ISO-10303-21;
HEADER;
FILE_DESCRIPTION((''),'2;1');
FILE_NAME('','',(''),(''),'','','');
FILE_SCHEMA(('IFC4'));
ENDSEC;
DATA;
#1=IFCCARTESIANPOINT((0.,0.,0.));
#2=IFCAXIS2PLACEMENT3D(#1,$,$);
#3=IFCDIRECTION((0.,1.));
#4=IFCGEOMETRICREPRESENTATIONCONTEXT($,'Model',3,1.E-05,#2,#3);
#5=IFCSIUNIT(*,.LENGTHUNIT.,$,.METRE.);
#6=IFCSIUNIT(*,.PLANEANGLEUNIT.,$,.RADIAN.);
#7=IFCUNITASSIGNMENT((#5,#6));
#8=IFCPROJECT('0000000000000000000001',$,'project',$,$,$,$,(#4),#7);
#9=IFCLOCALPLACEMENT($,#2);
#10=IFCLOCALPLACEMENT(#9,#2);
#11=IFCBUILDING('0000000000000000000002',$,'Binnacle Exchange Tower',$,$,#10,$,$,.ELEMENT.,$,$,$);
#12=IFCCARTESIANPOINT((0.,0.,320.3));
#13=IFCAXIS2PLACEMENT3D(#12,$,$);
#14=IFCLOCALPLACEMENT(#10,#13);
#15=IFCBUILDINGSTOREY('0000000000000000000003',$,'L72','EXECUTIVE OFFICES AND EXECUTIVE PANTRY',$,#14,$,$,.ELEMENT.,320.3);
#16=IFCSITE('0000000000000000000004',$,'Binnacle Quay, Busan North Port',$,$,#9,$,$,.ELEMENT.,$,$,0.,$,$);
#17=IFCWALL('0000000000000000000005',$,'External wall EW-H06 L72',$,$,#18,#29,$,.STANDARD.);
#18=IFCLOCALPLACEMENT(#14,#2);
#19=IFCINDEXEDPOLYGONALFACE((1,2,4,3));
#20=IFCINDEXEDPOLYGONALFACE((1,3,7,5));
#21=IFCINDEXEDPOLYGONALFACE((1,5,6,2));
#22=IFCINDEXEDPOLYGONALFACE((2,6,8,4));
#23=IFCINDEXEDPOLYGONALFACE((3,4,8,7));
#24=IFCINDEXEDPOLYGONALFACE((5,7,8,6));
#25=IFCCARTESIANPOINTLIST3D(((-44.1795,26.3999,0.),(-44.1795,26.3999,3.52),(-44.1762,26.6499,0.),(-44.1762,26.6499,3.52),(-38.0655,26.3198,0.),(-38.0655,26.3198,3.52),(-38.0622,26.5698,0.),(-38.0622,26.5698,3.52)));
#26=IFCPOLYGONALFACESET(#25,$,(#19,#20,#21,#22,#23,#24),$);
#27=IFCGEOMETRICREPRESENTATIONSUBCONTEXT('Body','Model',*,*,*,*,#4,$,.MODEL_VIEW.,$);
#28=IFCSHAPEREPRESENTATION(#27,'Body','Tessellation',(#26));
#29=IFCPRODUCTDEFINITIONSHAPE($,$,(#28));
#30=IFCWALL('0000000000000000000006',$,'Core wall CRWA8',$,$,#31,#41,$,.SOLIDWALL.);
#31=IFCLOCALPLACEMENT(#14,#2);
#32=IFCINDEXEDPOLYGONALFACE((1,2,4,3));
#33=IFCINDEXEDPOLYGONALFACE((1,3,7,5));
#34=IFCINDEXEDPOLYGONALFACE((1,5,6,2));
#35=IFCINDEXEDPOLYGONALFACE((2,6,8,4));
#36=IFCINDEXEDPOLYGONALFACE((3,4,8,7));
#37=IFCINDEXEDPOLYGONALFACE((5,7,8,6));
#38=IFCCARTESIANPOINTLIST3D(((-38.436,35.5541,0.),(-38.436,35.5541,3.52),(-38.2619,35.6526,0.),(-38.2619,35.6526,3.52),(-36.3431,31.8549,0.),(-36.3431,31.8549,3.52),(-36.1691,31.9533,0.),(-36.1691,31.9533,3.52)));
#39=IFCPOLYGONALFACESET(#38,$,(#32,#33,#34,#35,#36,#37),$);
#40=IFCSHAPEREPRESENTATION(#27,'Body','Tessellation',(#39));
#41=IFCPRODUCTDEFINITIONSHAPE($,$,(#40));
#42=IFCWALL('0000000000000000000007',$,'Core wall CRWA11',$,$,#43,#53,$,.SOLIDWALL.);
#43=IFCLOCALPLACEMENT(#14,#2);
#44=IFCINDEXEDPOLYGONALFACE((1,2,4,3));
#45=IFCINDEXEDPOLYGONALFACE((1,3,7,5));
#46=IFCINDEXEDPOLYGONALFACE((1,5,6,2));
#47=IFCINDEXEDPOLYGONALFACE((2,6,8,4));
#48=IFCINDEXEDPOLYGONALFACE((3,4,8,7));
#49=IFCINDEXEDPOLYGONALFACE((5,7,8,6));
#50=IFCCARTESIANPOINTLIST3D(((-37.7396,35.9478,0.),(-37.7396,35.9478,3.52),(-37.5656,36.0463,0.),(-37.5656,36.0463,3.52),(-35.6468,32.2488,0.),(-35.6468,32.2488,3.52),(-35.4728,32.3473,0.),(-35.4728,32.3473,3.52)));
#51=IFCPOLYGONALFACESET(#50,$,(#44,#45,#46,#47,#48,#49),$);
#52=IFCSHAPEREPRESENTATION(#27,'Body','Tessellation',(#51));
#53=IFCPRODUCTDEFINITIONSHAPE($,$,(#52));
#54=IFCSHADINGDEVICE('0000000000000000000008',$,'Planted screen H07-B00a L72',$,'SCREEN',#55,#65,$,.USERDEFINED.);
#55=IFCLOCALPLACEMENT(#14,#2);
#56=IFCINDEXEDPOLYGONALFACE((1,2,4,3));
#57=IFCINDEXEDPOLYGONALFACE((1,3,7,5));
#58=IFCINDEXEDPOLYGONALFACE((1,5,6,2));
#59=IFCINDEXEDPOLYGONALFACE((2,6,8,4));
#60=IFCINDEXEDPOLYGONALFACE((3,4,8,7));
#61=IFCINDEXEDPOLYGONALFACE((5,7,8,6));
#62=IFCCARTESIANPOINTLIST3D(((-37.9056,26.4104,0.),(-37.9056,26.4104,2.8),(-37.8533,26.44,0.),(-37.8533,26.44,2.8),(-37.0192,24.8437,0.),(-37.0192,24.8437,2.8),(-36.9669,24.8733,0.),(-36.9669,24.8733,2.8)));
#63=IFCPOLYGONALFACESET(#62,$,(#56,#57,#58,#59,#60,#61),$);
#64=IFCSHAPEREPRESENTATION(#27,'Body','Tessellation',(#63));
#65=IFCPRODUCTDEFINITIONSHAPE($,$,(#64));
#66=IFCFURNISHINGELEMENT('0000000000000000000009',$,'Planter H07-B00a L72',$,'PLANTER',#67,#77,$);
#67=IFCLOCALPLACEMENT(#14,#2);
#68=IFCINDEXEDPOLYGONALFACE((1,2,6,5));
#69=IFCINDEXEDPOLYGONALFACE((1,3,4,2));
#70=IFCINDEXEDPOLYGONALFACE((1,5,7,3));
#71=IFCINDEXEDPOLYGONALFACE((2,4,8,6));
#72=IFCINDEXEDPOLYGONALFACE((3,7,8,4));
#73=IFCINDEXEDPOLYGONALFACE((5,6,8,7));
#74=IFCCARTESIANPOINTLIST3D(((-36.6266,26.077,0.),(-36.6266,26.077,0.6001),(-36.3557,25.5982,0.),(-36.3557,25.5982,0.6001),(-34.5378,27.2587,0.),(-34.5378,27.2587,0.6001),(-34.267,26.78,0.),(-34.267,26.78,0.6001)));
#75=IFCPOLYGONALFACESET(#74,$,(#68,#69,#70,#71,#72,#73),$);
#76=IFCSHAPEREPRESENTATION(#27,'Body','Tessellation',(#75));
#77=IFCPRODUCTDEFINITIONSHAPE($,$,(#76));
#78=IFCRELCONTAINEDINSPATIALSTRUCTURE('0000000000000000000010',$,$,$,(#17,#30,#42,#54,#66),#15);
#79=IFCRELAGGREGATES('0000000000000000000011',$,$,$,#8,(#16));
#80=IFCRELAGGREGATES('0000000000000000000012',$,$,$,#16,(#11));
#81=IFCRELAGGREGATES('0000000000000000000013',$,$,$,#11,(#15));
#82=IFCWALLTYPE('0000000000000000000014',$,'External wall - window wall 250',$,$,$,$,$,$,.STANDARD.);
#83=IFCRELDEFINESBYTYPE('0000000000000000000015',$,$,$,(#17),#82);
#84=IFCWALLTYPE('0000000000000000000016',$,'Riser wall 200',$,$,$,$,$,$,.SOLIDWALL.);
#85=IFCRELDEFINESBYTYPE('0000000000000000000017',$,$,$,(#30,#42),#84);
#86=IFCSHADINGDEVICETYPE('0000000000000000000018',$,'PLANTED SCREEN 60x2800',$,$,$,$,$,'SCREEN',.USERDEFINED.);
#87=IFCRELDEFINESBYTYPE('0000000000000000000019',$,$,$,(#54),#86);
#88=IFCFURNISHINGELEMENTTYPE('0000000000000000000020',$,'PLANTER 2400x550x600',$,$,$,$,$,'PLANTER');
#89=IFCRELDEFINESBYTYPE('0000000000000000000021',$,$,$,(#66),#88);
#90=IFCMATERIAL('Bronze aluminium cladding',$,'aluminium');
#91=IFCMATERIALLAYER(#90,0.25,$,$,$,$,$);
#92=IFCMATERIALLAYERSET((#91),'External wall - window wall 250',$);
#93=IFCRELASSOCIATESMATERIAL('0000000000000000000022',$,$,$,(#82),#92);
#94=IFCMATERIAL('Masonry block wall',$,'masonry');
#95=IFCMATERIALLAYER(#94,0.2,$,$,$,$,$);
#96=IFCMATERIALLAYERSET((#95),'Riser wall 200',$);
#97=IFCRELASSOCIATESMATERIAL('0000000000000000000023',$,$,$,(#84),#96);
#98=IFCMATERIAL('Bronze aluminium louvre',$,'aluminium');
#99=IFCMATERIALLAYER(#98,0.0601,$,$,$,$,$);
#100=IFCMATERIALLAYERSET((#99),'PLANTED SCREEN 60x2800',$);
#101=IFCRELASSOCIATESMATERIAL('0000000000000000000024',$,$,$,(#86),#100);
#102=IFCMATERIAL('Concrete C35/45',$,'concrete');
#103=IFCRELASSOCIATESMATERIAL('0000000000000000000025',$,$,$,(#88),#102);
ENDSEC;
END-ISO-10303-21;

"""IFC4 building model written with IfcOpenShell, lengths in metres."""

from ifc_helpers import new_model, si_unit, direction, frame, frame_2d, origin, origin_2d, place, context, subcontext, project, spatial, rectangle, extrude, material, layer, layer_set, type_object, element, save


model = new_model("IFC4")

# Units and contexts
model_context = context("Model", 3, precision=1e-05, world=origin(), true_north=direction((0.0, 1.0)))
body_context = subcontext(model_context, "Body", "Model", "MODEL_VIEW")
ifc_project = project(units=[si_unit("LENGTHUNIT", "METRE"), si_unit("PLANEANGLEUNIT", "RADIAN")], contexts=[model_context])

# Site, building, storey
site_placement = place(None, origin())
site = spatial("IfcSite", under=ifc_project, at=site_placement, Name="Binnacle Quay, Busan North Port", CompositionType="ELEMENT", RefElevation=0.0)
building_placement = place(site_placement, origin())
building = spatial("IfcBuilding", under=site, at=building_placement, Name="Binnacle Exchange Tower", CompositionType="ELEMENT")
storey_placement = place(building_placement, frame((0.0, 0.0, 320.3)))
storey = spatial("IfcBuildingStorey", under=building, at=storey_placement, Name="L72", Description="EXECUTIVE OFFICES AND EXECUTIVE PANTRY", CompositionType="ELEMENT", Elevation=320.3)

# Shared definitions
ifc_material_1 = material(Name="Bronze aluminium cladding", Category="aluminium")
ifc_layer_1 = layer(ifc_material_1, 0.25)
ifc_layer_set_1 = layer_set([ifc_layer_1], Name="External wall - window wall 250")
wall_type_1 = type_object("IfcWallType", Name="External wall - window wall 250", PredefinedType="STANDARD", material=ifc_layer_set_1)

# Walls
wall_1_placement = place(storey_placement, frame((-38.064, 26.4448, 0.0), z_axis=(0.0, 0.0, 1.0), x_axis=(-0.999914, 0.013096, 0.0)))
element("IfcWall", 1, at=wall_1_placement, inside=storey, type_object=wall_type_1, Name="External wall EW-H06 L72", PredefinedType="STANDARD", context=body_context, shape_type="SweptSolid", body=[
    extrude(rectangle(XDim=6.1145, YDim=0.25, at=frame_2d((3.0571, 0.0))), origin(), (0.0, 0.0, 1.0), 3.52),
])
ifc_material_2 = material(Name="Masonry block wall", Category="masonry")
ifc_layer_2 = layer(ifc_material_2, 0.2)
ifc_layer_set_2 = layer_set([ifc_layer_2], Name="Riser wall 200")
wall_type_2 = type_object("IfcWallType", Name="Riser wall 200", PredefinedType="SOLIDWALL", material=ifc_layer_set_2)
wall_2_placement = place(storey_placement, frame((-38.3489, 35.6033, 0.0), z_axis=(0.0, 0.0, 1.0), x_axis=(0.492398, -0.87037, 0.0)))
element("IfcWall", 2, at=wall_2_placement, inside=storey, type_object=wall_type_2, Name="Core wall CRWA8", PredefinedType="SOLIDWALL", context=body_context, shape_type="SweptSolid", body=[
    extrude(rectangle(XDim=4.2502, YDim=0.2, at=frame_2d((2.125, 0.0))), origin(), (0.0, 0.0, 1.0), 3.52),
])
wall_3_placement = place(storey_placement, frame((-37.6526, 35.9971, 0.0), z_axis=(0.0, 0.0, 1.0), x_axis=(0.492423, -0.870356, 0.0)))
element("IfcWall", 3, at=wall_3_placement, inside=storey, type_object=wall_type_2, Name="Core wall CRWA11", PredefinedType="SOLIDWALL", context=body_context, shape_type="SweptSolid", body=[
    extrude(rectangle(XDim=4.25, YDim=0.2, at=frame_2d((2.125, 0.0))), origin(), (0.0, 0.0, 1.0), 3.52),
])

# Shading device
ifc_material_3 = material(Name="Bronze aluminium louvre", Category="aluminium")
ifc_layer_3 = layer(ifc_material_3, 0.0601)
ifc_layer_set_3 = layer_set([ifc_layer_3], Name="PLANTED SCREEN 60x2800")
shading_device_type = type_object("IfcShadingDeviceType", Name="PLANTED SCREEN 60x2800", ElementType="SCREEN", PredefinedType="USERDEFINED", material=ifc_layer_set_3)
shading_device_placement = place(storey_placement, frame((-37.4363, 25.6418, 0.0), z_axis=(0.0, 0.0, 1.0), x_axis=(0.870356, 0.492424, 0.0)))
element("IfcShadingDevice", 4, at=shading_device_placement, inside=storey, type_object=shading_device_type, Name="Planted screen H07-B00a L72", ObjectType="SCREEN", PredefinedType="USERDEFINED", context=body_context, shape_type="SweptSolid", body=[
    extrude(rectangle(XDim=0.0601, YDim=1.8, at=origin_2d()), origin(), (0.0, 0.0, 1.0), 2.8),
])

# Furnishing element
ifc_material_4 = material(Name="Concrete C35/45", Category="concrete")
furnishing_element_type = type_object("IfcFurnishingElementType", Name="PLANTER 2400x550x600", ElementType="PLANTER", material=ifc_material_4)
furnishing_placement = place(storey_placement, frame((-35.4468, 26.4285, 0.0), z_axis=(0.0, 0.0, 1.0), x_axis=(0.870356, 0.492424, 0.0)))
element("IfcFurnishingElement", 5, at=furnishing_placement, inside=storey, type_object=furnishing_element_type, Name="Planter H07-B00a L72", ObjectType="PLANTER", context=body_context, shape_type="SweptSolid", body=[
    extrude(rectangle(XDim=2.3999, YDim=0.55, at=origin_2d()), origin(), (0.0, 0.0, 1.0), 0.6001),
])

save(model, "model.ifc")
